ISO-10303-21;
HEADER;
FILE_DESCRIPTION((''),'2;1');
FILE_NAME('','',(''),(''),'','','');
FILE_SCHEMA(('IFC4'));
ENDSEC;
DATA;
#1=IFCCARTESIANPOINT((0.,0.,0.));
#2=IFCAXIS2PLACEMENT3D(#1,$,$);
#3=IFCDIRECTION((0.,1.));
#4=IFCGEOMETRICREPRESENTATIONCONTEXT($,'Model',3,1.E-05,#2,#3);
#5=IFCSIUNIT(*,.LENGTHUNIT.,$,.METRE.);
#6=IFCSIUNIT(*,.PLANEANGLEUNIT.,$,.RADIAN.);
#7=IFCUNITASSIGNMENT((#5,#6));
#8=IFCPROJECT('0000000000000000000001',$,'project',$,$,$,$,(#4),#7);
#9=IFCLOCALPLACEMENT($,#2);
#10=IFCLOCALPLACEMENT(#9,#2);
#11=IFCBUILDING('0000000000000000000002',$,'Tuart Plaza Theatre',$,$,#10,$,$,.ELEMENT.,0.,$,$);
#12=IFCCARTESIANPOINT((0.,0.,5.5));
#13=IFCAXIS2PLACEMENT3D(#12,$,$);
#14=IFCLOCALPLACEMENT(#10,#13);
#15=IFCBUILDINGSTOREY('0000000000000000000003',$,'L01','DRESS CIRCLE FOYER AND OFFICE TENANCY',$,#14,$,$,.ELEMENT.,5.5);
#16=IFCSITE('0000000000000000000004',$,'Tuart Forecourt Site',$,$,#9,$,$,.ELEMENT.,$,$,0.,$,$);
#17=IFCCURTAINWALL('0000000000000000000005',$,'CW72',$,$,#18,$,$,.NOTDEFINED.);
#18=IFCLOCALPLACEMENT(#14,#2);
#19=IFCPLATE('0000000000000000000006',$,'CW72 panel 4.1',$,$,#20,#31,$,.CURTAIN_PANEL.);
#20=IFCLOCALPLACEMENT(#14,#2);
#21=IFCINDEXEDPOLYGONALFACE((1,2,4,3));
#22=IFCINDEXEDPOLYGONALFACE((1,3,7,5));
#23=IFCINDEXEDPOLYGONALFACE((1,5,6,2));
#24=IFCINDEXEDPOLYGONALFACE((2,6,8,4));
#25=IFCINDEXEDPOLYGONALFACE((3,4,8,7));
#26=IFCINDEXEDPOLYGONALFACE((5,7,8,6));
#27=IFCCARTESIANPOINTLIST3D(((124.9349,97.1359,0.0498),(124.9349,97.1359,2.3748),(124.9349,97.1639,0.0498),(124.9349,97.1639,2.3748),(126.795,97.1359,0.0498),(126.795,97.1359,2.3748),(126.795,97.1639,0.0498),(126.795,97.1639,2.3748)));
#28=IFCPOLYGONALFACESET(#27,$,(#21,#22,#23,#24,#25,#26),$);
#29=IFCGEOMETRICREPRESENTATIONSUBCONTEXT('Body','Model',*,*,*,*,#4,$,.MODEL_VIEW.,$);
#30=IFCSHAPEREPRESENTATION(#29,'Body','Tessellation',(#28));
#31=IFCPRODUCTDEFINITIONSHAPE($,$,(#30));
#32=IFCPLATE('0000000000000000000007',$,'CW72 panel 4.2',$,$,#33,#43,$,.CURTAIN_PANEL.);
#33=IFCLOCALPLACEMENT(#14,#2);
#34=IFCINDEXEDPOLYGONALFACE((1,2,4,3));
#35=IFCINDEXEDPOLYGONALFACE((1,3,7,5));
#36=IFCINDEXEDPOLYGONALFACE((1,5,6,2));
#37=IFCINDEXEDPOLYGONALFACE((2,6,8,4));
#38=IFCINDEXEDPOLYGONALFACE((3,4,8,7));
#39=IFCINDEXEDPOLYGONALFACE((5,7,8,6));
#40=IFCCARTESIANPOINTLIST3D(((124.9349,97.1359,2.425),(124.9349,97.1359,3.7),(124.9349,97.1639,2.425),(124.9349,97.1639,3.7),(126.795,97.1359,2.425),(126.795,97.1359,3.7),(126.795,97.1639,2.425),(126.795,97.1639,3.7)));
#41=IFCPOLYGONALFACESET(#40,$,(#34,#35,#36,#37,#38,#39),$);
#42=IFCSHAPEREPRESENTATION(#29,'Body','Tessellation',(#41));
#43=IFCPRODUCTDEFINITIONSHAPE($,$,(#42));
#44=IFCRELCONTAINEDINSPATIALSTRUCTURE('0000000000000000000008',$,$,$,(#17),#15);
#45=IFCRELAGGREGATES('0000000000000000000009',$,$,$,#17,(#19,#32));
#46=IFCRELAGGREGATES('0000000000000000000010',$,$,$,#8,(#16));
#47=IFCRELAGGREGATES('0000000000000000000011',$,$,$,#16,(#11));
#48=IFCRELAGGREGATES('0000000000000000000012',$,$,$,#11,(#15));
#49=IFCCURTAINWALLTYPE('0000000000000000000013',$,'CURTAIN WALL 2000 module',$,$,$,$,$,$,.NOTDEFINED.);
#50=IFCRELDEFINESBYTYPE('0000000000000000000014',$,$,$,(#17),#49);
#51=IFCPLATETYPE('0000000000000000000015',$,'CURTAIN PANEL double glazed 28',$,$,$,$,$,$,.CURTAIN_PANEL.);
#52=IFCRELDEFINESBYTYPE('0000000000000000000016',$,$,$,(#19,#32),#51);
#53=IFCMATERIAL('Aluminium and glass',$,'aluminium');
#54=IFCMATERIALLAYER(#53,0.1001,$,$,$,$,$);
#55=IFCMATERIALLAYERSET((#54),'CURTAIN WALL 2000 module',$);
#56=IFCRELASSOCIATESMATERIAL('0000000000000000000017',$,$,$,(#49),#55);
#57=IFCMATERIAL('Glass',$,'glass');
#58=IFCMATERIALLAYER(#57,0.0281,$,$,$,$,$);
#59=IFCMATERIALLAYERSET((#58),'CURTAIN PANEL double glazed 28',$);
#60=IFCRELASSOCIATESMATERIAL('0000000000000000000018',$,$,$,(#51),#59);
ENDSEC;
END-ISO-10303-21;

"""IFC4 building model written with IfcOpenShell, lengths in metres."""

from ifc_helpers import new_model, si_unit, direction, frame, origin, origin_2d, place, context, subcontext, project, spatial, rectangle, extrude, material, layer, layer_set, type_object, element, aggregate, save


model = new_model("IFC4")

# Units and contexts
model_context = context("Model", 3, precision=1e-05, world=origin(), true_north=direction((0.0, 1.0)))
body_context = subcontext(model_context, "Body", "Model", "MODEL_VIEW")
ifc_project = project(units=[si_unit("LENGTHUNIT", "METRE"), si_unit("PLANEANGLEUNIT", "RADIAN")], contexts=[model_context])

# Site, building, storey
site_placement = place(None, origin())
site = spatial("IfcSite", under=ifc_project, at=site_placement, Name="Tuart Forecourt Site", CompositionType="ELEMENT", RefElevation=0.0)
building_placement = place(site_placement, origin())
building = spatial("IfcBuilding", under=site, at=building_placement, Name="Tuart Plaza Theatre", CompositionType="ELEMENT", ElevationOfRefHeight=0.0)
storey_placement = place(building_placement, frame((0.0, 0.0, 5.5)))
storey = spatial("IfcBuildingStorey", under=building, at=storey_placement, Name="L01", Description="DRESS CIRCLE FOYER AND OFFICE TENANCY", CompositionType="ELEMENT", Elevation=5.5)

# Curtain wall, plates
ifc_material_1 = material(Name="Aluminium and glass", Category="aluminium")
ifc_layer_1 = layer(ifc_material_1, 0.1001)
ifc_layer_set_1 = layer_set([ifc_layer_1], Name="CURTAIN WALL 2000 module")
curtain_wall_type = type_object("IfcCurtainWallType", Name="CURTAIN WALL 2000 module", PredefinedType="NOTDEFINED", material=ifc_layer_set_1)
curtain_wall_placement = place(storey_placement, origin())
curtain_wall = element("IfcCurtainWall", 1, at=curtain_wall_placement, inside=storey, type_object=curtain_wall_type, Name="CW72", PredefinedType="NOTDEFINED")
ifc_material_2 = material(Name="Glass", Category="glass")
ifc_layer_2 = layer(ifc_material_2, 0.0281)
ifc_layer_set_2 = layer_set([ifc_layer_2], Name="CURTAIN PANEL double glazed 28")
plate_type = type_object("IfcPlateType", Name="CURTAIN PANEL double glazed 28", PredefinedType="CURTAIN_PANEL", material=ifc_layer_set_2)
plate_1_placement = place(storey_placement, frame((125.865, 97.1499, 0.0498), z_axis=(0.0, 0.0, 1.0), x_axis=(-1.0, 0.0, 0.0)))
plate_1 = element("IfcPlate", 2, at=plate_1_placement, type_object=plate_type, Name="CW72 panel 4.1", PredefinedType="CURTAIN_PANEL", context=body_context, shape_type="SweptSolid", body=[
    extrude(rectangle(XDim=1.8601, YDim=0.0281, at=origin_2d()), origin(), (0.0, 0.0, 1.0), 2.325),
])
plate_2_placement = place(storey_placement, frame((125.865, 97.1499, 2.425), z_axis=(0.0, 0.0, 1.0), x_axis=(-1.0, 0.0, 0.0)))
plate_2 = element("IfcPlate", 3, at=plate_2_placement, type_object=plate_type, Name="CW72 panel 4.2", PredefinedType="CURTAIN_PANEL", context=body_context, shape_type="SweptSolid", body=[
    extrude(rectangle(XDim=1.8601, YDim=0.0281, at=origin_2d()), origin(), (0.0, 0.0, 1.0), 1.2749),
])
aggregate(curtain_wall, [plate_1, plate_2])

save(model, "model.ifc")
